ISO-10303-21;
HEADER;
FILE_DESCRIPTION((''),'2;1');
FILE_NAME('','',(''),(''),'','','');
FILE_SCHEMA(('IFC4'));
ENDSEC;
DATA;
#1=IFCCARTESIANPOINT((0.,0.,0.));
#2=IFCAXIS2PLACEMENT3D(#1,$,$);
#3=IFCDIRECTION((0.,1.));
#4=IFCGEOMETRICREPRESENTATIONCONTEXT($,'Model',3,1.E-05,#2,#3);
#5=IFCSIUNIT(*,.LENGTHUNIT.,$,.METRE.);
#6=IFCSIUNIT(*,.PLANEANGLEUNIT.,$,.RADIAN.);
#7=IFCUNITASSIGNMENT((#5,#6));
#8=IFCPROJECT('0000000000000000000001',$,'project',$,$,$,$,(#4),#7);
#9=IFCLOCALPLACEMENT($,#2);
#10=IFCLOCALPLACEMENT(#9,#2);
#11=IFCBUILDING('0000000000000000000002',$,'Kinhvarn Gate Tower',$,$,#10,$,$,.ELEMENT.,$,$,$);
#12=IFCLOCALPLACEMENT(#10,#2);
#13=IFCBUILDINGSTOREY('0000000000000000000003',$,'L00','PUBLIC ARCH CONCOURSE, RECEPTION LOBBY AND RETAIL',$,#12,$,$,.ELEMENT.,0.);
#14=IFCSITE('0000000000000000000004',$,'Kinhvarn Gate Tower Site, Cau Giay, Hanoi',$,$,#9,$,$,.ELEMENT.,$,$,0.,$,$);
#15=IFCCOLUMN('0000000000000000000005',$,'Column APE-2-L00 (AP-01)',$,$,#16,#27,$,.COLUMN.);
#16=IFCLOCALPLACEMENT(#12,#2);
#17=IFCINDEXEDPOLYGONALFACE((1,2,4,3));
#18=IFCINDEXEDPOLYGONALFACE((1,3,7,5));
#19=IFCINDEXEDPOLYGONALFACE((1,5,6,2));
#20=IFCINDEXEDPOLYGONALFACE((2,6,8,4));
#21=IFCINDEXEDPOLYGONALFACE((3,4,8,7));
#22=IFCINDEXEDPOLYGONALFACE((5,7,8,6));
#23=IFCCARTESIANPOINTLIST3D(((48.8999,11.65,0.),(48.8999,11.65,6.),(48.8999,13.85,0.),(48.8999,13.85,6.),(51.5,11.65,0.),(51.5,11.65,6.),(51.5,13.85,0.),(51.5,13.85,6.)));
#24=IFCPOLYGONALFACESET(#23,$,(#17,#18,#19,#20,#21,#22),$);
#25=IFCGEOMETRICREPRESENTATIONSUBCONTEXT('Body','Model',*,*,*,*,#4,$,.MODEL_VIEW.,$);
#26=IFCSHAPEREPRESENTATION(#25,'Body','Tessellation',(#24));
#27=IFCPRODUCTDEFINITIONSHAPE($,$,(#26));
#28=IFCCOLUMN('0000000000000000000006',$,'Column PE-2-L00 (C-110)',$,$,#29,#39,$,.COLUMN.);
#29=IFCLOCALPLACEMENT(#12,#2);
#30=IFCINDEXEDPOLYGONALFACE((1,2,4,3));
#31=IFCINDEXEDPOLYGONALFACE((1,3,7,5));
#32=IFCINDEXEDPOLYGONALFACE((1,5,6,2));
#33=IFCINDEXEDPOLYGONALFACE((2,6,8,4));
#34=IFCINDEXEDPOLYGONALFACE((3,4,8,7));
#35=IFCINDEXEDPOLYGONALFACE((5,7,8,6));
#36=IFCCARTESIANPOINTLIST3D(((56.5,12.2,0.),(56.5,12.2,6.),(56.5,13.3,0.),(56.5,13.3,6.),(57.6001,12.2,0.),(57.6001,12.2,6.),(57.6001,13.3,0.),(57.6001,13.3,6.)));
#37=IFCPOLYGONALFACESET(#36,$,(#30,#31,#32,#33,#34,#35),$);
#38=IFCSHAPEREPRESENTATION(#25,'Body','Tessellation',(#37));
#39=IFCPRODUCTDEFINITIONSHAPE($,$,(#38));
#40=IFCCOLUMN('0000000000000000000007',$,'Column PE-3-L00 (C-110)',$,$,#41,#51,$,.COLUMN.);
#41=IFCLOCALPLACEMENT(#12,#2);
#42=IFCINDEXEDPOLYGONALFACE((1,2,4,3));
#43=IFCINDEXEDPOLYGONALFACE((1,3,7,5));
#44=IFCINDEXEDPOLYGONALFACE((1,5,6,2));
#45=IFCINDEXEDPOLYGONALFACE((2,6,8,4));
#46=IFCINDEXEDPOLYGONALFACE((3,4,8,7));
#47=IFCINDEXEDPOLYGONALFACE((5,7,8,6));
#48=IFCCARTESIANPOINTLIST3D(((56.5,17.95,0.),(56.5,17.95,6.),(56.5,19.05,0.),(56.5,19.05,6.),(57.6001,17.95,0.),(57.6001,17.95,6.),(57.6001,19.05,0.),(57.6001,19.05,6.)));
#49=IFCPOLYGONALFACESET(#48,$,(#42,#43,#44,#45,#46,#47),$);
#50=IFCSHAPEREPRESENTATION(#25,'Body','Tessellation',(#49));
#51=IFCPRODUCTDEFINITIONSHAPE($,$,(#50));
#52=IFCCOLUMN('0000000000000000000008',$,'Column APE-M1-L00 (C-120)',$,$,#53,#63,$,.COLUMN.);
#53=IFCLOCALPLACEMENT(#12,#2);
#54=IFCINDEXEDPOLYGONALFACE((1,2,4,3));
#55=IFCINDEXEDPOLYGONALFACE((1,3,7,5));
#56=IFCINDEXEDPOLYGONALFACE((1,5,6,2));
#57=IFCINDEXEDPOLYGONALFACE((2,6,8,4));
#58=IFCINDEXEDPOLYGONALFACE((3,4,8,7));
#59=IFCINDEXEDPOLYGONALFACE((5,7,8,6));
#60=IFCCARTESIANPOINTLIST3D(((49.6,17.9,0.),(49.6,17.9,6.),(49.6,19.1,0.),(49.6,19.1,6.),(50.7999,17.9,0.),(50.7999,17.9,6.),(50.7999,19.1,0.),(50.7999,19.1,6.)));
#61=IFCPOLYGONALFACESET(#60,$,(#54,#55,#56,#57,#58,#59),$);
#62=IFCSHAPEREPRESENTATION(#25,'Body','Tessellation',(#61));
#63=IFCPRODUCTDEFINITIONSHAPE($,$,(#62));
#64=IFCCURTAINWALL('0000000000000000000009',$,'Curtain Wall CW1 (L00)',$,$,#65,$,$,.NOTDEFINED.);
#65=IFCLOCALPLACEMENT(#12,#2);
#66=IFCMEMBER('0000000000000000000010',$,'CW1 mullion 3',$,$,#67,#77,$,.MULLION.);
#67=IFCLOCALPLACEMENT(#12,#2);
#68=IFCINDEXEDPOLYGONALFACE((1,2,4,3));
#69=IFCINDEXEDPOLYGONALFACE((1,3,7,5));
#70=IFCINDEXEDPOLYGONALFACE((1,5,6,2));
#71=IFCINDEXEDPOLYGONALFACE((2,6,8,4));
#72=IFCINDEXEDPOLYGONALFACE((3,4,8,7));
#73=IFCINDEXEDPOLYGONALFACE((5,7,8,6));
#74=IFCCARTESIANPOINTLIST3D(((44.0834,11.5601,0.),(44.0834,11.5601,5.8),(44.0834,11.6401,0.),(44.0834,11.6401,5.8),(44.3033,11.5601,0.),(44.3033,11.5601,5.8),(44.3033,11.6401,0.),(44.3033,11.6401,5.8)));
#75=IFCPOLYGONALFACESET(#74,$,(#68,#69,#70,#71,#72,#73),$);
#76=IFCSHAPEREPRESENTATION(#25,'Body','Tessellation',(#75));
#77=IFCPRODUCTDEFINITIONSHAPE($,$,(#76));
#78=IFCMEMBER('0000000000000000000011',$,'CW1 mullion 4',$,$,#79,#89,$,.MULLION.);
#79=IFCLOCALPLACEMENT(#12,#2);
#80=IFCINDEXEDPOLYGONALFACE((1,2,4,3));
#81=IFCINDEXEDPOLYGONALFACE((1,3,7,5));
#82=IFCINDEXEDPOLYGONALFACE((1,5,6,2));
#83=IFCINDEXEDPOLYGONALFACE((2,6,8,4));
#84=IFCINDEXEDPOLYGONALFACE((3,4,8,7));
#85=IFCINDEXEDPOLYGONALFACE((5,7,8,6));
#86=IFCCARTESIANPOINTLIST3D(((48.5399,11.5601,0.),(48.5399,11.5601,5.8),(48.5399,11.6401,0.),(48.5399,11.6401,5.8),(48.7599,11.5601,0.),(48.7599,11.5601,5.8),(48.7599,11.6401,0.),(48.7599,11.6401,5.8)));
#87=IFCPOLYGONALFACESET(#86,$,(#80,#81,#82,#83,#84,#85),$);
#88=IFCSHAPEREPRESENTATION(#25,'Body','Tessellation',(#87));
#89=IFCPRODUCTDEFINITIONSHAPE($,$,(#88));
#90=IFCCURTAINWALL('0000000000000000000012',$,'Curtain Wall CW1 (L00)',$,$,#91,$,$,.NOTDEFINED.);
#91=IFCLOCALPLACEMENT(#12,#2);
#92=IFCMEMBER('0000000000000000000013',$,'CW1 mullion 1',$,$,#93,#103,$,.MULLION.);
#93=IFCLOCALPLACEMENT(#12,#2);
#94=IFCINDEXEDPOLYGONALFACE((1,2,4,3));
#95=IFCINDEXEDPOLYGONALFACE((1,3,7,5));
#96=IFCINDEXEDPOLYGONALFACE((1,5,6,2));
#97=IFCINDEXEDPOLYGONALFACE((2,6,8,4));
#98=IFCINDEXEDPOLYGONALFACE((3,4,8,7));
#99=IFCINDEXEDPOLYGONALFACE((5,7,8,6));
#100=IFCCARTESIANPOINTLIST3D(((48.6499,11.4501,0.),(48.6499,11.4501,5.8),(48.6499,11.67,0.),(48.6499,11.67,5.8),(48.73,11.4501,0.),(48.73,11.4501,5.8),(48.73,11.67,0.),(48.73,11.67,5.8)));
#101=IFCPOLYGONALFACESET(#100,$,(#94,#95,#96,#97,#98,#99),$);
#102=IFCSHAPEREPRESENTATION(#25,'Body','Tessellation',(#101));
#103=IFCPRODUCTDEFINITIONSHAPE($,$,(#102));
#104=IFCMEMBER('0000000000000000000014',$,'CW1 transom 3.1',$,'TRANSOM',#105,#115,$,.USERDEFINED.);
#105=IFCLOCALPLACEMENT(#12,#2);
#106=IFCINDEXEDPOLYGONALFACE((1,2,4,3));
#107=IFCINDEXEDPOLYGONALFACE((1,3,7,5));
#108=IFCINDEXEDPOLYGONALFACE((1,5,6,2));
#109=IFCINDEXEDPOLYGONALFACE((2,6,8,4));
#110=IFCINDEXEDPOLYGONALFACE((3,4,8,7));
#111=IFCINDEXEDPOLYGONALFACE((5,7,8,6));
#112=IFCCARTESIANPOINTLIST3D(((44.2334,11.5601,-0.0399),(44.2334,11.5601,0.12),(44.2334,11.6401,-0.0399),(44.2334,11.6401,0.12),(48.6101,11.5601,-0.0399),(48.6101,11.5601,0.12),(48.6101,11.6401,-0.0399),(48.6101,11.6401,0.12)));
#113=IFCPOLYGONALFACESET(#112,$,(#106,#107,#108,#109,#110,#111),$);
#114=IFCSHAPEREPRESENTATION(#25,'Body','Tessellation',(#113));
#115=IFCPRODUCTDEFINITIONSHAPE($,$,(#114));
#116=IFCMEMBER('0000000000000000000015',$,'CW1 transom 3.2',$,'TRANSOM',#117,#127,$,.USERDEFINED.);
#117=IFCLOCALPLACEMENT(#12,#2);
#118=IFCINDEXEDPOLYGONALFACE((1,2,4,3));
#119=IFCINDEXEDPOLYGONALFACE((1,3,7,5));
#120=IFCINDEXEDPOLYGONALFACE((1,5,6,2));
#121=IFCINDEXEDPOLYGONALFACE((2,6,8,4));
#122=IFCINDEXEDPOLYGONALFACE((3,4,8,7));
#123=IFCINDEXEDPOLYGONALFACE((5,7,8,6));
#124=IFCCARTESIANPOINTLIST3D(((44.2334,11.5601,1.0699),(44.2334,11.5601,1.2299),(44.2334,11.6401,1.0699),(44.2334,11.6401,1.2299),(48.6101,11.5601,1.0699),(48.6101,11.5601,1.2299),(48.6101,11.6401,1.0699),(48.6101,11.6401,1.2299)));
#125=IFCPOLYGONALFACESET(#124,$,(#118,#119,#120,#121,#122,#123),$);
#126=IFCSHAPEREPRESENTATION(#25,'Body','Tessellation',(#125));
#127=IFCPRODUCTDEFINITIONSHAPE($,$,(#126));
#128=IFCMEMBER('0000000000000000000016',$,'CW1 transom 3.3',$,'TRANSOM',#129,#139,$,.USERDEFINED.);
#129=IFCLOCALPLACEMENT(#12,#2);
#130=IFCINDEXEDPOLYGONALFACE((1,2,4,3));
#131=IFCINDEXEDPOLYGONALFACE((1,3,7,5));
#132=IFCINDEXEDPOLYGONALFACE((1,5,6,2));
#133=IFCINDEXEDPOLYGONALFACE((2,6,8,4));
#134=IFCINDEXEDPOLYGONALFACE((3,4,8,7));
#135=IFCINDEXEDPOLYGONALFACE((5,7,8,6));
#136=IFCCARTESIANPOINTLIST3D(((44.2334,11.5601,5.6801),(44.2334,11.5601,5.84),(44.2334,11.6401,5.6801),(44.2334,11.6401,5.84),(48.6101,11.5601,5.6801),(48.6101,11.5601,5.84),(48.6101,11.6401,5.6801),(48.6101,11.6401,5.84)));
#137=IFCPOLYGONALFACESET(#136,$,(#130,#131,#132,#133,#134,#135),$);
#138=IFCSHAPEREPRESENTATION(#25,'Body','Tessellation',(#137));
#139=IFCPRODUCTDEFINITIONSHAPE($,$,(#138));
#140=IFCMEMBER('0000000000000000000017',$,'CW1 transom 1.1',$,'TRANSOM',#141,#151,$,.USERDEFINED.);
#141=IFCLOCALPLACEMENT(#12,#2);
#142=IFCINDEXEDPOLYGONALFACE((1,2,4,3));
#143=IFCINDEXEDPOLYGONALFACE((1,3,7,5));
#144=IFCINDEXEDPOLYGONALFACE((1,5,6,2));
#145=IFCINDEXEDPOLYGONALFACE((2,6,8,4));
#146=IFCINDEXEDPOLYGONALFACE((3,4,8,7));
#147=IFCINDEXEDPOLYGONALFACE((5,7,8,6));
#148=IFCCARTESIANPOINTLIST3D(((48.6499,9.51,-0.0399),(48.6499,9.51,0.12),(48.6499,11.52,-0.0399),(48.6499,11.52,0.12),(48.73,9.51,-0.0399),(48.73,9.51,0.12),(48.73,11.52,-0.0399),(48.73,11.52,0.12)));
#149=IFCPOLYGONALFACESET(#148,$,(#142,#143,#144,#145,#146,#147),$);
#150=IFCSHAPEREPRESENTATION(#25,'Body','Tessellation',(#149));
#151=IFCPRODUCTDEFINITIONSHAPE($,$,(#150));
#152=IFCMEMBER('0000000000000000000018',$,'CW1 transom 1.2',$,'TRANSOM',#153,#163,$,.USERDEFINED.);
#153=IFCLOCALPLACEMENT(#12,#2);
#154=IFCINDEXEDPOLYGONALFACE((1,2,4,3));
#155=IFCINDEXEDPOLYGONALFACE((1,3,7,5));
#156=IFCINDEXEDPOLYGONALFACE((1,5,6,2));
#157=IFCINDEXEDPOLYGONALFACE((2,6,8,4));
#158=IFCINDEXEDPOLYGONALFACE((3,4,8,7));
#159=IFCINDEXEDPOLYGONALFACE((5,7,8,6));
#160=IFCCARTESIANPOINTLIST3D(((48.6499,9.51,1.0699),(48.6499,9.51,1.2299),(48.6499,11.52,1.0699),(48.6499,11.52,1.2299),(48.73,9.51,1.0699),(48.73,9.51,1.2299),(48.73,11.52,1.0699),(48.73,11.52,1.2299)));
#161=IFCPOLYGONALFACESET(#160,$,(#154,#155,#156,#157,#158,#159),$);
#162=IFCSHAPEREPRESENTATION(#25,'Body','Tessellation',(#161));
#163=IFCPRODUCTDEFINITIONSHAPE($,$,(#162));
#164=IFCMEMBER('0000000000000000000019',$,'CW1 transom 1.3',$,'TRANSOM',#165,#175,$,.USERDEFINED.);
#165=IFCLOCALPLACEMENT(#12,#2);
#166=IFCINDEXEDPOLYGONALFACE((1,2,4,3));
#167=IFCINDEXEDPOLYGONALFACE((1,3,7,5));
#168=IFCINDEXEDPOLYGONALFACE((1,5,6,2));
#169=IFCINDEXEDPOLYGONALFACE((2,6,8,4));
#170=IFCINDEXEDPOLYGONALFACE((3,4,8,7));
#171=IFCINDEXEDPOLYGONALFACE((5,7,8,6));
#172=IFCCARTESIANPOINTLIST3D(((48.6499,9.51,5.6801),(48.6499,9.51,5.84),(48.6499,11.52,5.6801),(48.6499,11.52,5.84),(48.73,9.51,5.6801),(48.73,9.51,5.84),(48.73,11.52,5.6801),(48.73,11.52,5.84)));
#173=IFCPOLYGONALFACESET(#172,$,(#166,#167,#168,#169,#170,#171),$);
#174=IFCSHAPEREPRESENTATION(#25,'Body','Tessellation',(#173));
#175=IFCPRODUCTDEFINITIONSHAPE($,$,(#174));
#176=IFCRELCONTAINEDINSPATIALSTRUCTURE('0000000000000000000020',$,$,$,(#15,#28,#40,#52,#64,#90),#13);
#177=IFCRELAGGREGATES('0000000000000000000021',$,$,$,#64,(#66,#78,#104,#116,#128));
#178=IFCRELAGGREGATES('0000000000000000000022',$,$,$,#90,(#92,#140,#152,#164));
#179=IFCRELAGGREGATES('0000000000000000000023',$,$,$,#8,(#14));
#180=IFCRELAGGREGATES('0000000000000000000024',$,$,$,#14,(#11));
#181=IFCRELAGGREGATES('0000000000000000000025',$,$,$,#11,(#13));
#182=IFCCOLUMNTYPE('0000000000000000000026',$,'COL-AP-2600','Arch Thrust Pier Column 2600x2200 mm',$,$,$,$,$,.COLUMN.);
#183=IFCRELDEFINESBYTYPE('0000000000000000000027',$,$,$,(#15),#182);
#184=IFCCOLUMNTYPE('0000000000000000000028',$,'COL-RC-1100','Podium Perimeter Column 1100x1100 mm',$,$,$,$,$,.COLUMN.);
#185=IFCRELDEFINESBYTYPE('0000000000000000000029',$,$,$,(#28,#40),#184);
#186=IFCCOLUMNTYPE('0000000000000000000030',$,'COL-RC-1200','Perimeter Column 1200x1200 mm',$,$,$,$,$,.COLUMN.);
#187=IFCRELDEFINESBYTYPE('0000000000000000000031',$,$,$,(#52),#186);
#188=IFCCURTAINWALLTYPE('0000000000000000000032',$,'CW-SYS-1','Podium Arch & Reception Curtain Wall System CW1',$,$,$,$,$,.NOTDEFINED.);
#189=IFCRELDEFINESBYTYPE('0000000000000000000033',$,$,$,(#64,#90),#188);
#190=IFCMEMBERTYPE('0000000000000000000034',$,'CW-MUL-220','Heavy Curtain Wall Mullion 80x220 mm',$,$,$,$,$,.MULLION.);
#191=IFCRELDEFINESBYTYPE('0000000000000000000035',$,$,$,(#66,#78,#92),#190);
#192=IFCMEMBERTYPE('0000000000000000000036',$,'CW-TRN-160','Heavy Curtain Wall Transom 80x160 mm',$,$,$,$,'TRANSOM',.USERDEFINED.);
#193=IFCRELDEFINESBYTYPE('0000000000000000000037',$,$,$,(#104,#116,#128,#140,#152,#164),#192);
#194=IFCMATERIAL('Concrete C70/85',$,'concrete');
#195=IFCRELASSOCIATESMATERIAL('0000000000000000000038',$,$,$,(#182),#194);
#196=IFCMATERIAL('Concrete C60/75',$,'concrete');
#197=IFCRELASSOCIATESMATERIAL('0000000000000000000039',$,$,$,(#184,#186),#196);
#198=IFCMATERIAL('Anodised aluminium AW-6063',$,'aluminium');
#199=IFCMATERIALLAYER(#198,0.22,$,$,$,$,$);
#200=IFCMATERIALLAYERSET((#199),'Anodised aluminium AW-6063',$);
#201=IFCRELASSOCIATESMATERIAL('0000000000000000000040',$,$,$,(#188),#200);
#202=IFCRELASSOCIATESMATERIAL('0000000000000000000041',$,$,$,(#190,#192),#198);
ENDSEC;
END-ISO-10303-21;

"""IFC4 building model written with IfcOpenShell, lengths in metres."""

from ifc_helpers import new_model, si_unit, direction, frame, origin, origin_2d, place, context, subcontext, project, spatial, rectangle, extrude, material, layer, layer_set, material_profile, profile_set, type_object, element, aggregate, save


model = new_model("IFC4")

# Units and contexts
model_context = context("Model", 3, precision=1e-05, world=origin(), true_north=direction((0.0, 1.0)))
body_context = subcontext(model_context, "Body", "Model", "MODEL_VIEW")
ifc_project = project(units=[si_unit("LENGTHUNIT", "METRE"), si_unit("PLANEANGLEUNIT", "RADIAN")], contexts=[model_context])

# Site, building, storey
site_placement = place(None, origin())
site = spatial("IfcSite", under=ifc_project, at=site_placement, Name="Kinhvarn Gate Tower Site, Cau Giay, Hanoi", CompositionType="ELEMENT", RefElevation=0.0)
building_placement = place(site_placement, origin())
building = spatial("IfcBuilding", under=site, at=building_placement, Name="Kinhvarn Gate Tower", CompositionType="ELEMENT")
storey_placement = place(building_placement, origin())
storey = spatial("IfcBuildingStorey", under=building, at=storey_placement, Name="L00", Description="PUBLIC ARCH CONCOURSE, RECEPTION LOBBY AND RETAIL", CompositionType="ELEMENT", Elevation=0.0)

# Columns
ifc_material_1 = material(Name="Concrete C70/85", Category="concrete")
ifc_material_profile_1 = material_profile(ifc_material_1, rectangle(XDim=2.6001, YDim=2.2, at=origin_2d()), Name="RC 2600x2200")
ifc_profile_set_1 = profile_set([ifc_material_profile_1], Name="Concrete C70/85")
column_type_1 = type_object("IfcColumnType", Name="COL-AP-2600", Description="Arch Thrust Pier Column 2600x2200 mm", PredefinedType="COLUMN", material=ifc_profile_set_1)
column_1_placement = place(storey_placement, frame((50.2, 12.75, 0.0), z_axis=(0.0, 0.0, 1.0), x_axis=(1.0, 0.0, 0.0)))
element("IfcColumn", 1, at=column_1_placement, inside=storey, type_object=column_type_1, Name="Column APE-2-L00 (AP-01)", PredefinedType="COLUMN", context=body_context, shape_type="SweptSolid", body=[
    extrude(rectangle(XDim=2.6001, YDim=2.2, at=origin_2d()), origin(), (0.0, 0.0, 1.0), 6.0),
])
ifc_material_2 = material(Name="Concrete C60/75", Category="concrete")
ifc_material_profile_2 = material_profile(ifc_material_2, rectangle(XDim=1.1001, YDim=1.1001, at=origin_2d()), Name="RC 1100x1100")
ifc_profile_set_2 = profile_set([ifc_material_profile_2], Name="Concrete C60/75")
column_type_2 = type_object("IfcColumnType", Name="COL-RC-1100", Description="Podium Perimeter Column 1100x1100 mm", PredefinedType="COLUMN", material=ifc_profile_set_2)
for number, where, z_axis, x_axis, name in (
    (2, (57.05, 12.75, 0.0), (0.0, 0.0, 1.0), (1.0, 0.0, 0.0), "Column PE-2-L00 (C-110)"),
    (3, (57.05, 18.5, 0.0), (0.0, 0.0, 1.0), (1.0, 0.0, 0.0), "Column PE-3-L00 (C-110)"),
):
    element("IfcColumn", number, at=place(storey_placement, frame(where, z_axis=z_axis, x_axis=x_axis)), inside=storey, type_object=column_type_2, Name=name, PredefinedType="COLUMN", context=body_context, shape_type="SweptSolid", body=[
        extrude(rectangle(XDim=1.1001, YDim=1.1001, at=origin_2d()), origin(), (0.0, 0.0, 1.0), 6.0),
    ])
ifc_material_profile_3 = material_profile(ifc_material_2, rectangle(XDim=1.2, YDim=1.2, at=origin_2d()), Name="RC 1200x1200")
ifc_profile_set_3 = profile_set([ifc_material_profile_3], Name="Concrete C60/75")
column_type_3 = type_object("IfcColumnType", Name="COL-RC-1200", Description="Perimeter Column 1200x1200 mm", PredefinedType="COLUMN", material=ifc_profile_set_3)
column_2_placement = place(storey_placement, frame((50.2, 18.5, 0.0), z_axis=(0.0, 0.0, 1.0), x_axis=(1.0, 0.0, 0.0)))
element("IfcColumn", 4, at=column_2_placement, inside=storey, type_object=column_type_3, Name="Column APE-M1-L00 (C-120)", PredefinedType="COLUMN", context=body_context, shape_type="SweptSolid", body=[
    extrude(rectangle(XDim=1.2, YDim=1.2, at=origin_2d()), origin(), (0.0, 0.0, 1.0), 6.0),
])

# Curtain wall, members
ifc_material_3 = material(Name="Anodised aluminium AW-6063", Category="aluminium")
ifc_layer_1 = layer(ifc_material_3, 0.22)
ifc_layer_set_1 = layer_set([ifc_layer_1], Name="Anodised aluminium AW-6063")
curtain_wall_type = type_object("IfcCurtainWallType", Name="CW-SYS-1", Description="Podium Arch & Reception Curtain Wall System CW1", PredefinedType="NOTDEFINED", material=ifc_layer_set_1)
curtain_wall_1_placement = place(storey_placement, origin())
curtain_wall_1 = element("IfcCurtainWall", 5, at=curtain_wall_1_placement, inside=storey, type_object=curtain_wall_type, Name="Curtain Wall CW1 (L00)", PredefinedType="NOTDEFINED")
ifc_material_profile_4 = material_profile(ifc_material_3, rectangle(XDim=0.0801, YDim=0.22, at=origin_2d()), Name="ALU 80x220")
ifc_profile_set_4 = profile_set([ifc_material_profile_4], Name="Anodised aluminium AW-6063")
member_type_1 = type_object("IfcMemberType", Name="CW-MUL-220", Description="Heavy Curtain Wall Mullion 80x220 mm", PredefinedType="MULLION", material=ifc_profile_set_4)
member_1_placement = place(storey_placement, frame((44.1934, 11.6001, 0.0), z_axis=(0.0, 0.0, 1.0), x_axis=(0.0, 1.0, 0.0)))
member_1 = element("IfcMember", 6, at=member_1_placement, type_object=member_type_1, Name="CW1 mullion 3", PredefinedType="MULLION", context=body_context, shape_type="SweptSolid", body=[
    extrude(rectangle(XDim=0.0801, YDim=0.22, at=origin_2d()), origin(), (0.0, 0.0, 1.0), 5.8),
])
member_2_placement = place(storey_placement, frame((48.6499, 11.6001, 0.0), z_axis=(0.0, 0.0, 1.0), x_axis=(0.0, 1.0, 0.0)))
member_2 = element("IfcMember", 7, at=member_2_placement, type_object=member_type_1, Name="CW1 mullion 4", PredefinedType="MULLION", context=body_context, shape_type="SweptSolid", body=[
    extrude(rectangle(XDim=0.0801, YDim=0.22, at=origin_2d()), origin(), (0.0, 0.0, 1.0), 5.8),
])

# Curtain wall, member
curtain_wall_2_placement = place(storey_placement, origin())
curtain_wall_2 = element("IfcCurtainWall", 8, at=curtain_wall_2_placement, inside=storey, type_object=curtain_wall_type, Name="Curtain Wall CW1 (L00)", PredefinedType="NOTDEFINED")
member_3_placement = place(storey_placement, frame((48.6899, 11.5601, 0.0), z_axis=(0.0, 0.0, 1.0), x_axis=(1.0, 0.0, 0.0)))
member_3 = element("IfcMember", 9, at=member_3_placement, type_object=member_type_1, Name="CW1 mullion 1", PredefinedType="MULLION", context=body_context, shape_type="SweptSolid", body=[
    extrude(rectangle(XDim=0.0801, YDim=0.22, at=origin_2d()), origin(), (0.0, 0.0, 1.0), 5.8),
])

# Members
ifc_material_profile_5 = material_profile(ifc_material_3, rectangle(XDim=0.0801, YDim=0.1599, at=origin_2d()), Name="ALU 80x160")
ifc_profile_set_5 = profile_set([ifc_material_profile_5], Name="Anodised aluminium AW-6063")
member_type_2 = type_object("IfcMemberType", Name="CW-TRN-160", Description="Heavy Curtain Wall Transom 80x160 mm", ElementType="TRANSOM", PredefinedType="USERDEFINED", material=ifc_profile_set_5)
member_4_placement = place(storey_placement, frame((44.2334, 11.6001, 0.04), z_axis=(1.0, 0.0, 0.0), x_axis=(0.0, 1.0, 0.0)))
member_4 = element("IfcMember", 10, at=member_4_placement, type_object=member_type_2, Name="CW1 transom 3.1", ObjectType="TRANSOM", PredefinedType="USERDEFINED", context=body_context, shape_type="SweptSolid", body=[
    extrude(rectangle(XDim=0.0801, YDim=0.1599, at=origin_2d()), origin(), (0.0, 0.0, 1.0), 4.3767),
])
member_5_placement = place(storey_placement, frame((44.2334, 11.6001, 1.1499), z_axis=(1.0, 0.0, 0.0), x_axis=(0.0, 1.0, 0.0)))
member_5 = element("IfcMember", 11, at=member_5_placement, type_object=member_type_2, Name="CW1 transom 3.2", ObjectType="TRANSOM", PredefinedType="USERDEFINED", context=body_context, shape_type="SweptSolid", body=[
    extrude(rectangle(XDim=0.0801, YDim=0.1599, at=origin_2d()), origin(), (0.0, 0.0, 1.0), 4.3767),
])
member_6_placement = place(storey_placement, frame((44.2334, 11.6001, 5.76), z_axis=(1.0, 0.0, 0.0), x_axis=(0.0, 1.0, 0.0)))
member_6 = element("IfcMember", 12, at=member_6_placement, type_object=member_type_2, Name="CW1 transom 3.3", ObjectType="TRANSOM", PredefinedType="USERDEFINED", context=body_context, shape_type="SweptSolid", body=[
    extrude(rectangle(XDim=0.0801, YDim=0.1599, at=origin_2d()), origin(), (0.0, 0.0, 1.0), 4.3767),
])
member_7_placement = place(storey_placement, frame((48.6899, 11.52, 0.04), z_axis=(0.0, -1.0, 0.0), x_axis=(1.0, 0.0, 0.0)))
member_7 = element("IfcMember", 13, at=member_7_placement, type_object=member_type_2, Name="CW1 transom 1.1", ObjectType="TRANSOM", PredefinedType="USERDEFINED", context=body_context, shape_type="SweptSolid", body=[
    extrude(rectangle(XDim=0.0801, YDim=0.1599, at=origin_2d()), origin(), (0.0, 0.0, 1.0), 2.01),
])
member_8_placement = place(storey_placement, frame((48.6899, 11.52, 1.1499), z_axis=(0.0, -1.0, 0.0), x_axis=(1.0, 0.0, 0.0)))
member_8 = element("IfcMember", 14, at=member_8_placement, type_object=member_type_2, Name="CW1 transom 1.2", ObjectType="TRANSOM", PredefinedType="USERDEFINED", context=body_context, shape_type="SweptSolid", body=[
    extrude(rectangle(XDim=0.0801, YDim=0.1599, at=origin_2d()), origin(), (0.0, 0.0, 1.0), 2.01),
])
member_9_placement = place(storey_placement, frame((48.6899, 11.52, 5.76), z_axis=(0.0, -1.0, 0.0), x_axis=(1.0, 0.0, 0.0)))
member_9 = element("IfcMember", 15, at=member_9_placement, type_object=member_type_2, Name="CW1 transom 1.3", ObjectType="TRANSOM", PredefinedType="USERDEFINED", context=body_context, shape_type="SweptSolid", body=[
    extrude(rectangle(XDim=0.0801, YDim=0.1599, at=origin_2d()), origin(), (0.0, 0.0, 1.0), 2.01),
])

aggregate(curtain_wall_1, [member_1, member_2, member_4, member_5, member_6])
aggregate(curtain_wall_2, [member_3, member_7, member_8, member_9])

save(model, "model.ifc")
